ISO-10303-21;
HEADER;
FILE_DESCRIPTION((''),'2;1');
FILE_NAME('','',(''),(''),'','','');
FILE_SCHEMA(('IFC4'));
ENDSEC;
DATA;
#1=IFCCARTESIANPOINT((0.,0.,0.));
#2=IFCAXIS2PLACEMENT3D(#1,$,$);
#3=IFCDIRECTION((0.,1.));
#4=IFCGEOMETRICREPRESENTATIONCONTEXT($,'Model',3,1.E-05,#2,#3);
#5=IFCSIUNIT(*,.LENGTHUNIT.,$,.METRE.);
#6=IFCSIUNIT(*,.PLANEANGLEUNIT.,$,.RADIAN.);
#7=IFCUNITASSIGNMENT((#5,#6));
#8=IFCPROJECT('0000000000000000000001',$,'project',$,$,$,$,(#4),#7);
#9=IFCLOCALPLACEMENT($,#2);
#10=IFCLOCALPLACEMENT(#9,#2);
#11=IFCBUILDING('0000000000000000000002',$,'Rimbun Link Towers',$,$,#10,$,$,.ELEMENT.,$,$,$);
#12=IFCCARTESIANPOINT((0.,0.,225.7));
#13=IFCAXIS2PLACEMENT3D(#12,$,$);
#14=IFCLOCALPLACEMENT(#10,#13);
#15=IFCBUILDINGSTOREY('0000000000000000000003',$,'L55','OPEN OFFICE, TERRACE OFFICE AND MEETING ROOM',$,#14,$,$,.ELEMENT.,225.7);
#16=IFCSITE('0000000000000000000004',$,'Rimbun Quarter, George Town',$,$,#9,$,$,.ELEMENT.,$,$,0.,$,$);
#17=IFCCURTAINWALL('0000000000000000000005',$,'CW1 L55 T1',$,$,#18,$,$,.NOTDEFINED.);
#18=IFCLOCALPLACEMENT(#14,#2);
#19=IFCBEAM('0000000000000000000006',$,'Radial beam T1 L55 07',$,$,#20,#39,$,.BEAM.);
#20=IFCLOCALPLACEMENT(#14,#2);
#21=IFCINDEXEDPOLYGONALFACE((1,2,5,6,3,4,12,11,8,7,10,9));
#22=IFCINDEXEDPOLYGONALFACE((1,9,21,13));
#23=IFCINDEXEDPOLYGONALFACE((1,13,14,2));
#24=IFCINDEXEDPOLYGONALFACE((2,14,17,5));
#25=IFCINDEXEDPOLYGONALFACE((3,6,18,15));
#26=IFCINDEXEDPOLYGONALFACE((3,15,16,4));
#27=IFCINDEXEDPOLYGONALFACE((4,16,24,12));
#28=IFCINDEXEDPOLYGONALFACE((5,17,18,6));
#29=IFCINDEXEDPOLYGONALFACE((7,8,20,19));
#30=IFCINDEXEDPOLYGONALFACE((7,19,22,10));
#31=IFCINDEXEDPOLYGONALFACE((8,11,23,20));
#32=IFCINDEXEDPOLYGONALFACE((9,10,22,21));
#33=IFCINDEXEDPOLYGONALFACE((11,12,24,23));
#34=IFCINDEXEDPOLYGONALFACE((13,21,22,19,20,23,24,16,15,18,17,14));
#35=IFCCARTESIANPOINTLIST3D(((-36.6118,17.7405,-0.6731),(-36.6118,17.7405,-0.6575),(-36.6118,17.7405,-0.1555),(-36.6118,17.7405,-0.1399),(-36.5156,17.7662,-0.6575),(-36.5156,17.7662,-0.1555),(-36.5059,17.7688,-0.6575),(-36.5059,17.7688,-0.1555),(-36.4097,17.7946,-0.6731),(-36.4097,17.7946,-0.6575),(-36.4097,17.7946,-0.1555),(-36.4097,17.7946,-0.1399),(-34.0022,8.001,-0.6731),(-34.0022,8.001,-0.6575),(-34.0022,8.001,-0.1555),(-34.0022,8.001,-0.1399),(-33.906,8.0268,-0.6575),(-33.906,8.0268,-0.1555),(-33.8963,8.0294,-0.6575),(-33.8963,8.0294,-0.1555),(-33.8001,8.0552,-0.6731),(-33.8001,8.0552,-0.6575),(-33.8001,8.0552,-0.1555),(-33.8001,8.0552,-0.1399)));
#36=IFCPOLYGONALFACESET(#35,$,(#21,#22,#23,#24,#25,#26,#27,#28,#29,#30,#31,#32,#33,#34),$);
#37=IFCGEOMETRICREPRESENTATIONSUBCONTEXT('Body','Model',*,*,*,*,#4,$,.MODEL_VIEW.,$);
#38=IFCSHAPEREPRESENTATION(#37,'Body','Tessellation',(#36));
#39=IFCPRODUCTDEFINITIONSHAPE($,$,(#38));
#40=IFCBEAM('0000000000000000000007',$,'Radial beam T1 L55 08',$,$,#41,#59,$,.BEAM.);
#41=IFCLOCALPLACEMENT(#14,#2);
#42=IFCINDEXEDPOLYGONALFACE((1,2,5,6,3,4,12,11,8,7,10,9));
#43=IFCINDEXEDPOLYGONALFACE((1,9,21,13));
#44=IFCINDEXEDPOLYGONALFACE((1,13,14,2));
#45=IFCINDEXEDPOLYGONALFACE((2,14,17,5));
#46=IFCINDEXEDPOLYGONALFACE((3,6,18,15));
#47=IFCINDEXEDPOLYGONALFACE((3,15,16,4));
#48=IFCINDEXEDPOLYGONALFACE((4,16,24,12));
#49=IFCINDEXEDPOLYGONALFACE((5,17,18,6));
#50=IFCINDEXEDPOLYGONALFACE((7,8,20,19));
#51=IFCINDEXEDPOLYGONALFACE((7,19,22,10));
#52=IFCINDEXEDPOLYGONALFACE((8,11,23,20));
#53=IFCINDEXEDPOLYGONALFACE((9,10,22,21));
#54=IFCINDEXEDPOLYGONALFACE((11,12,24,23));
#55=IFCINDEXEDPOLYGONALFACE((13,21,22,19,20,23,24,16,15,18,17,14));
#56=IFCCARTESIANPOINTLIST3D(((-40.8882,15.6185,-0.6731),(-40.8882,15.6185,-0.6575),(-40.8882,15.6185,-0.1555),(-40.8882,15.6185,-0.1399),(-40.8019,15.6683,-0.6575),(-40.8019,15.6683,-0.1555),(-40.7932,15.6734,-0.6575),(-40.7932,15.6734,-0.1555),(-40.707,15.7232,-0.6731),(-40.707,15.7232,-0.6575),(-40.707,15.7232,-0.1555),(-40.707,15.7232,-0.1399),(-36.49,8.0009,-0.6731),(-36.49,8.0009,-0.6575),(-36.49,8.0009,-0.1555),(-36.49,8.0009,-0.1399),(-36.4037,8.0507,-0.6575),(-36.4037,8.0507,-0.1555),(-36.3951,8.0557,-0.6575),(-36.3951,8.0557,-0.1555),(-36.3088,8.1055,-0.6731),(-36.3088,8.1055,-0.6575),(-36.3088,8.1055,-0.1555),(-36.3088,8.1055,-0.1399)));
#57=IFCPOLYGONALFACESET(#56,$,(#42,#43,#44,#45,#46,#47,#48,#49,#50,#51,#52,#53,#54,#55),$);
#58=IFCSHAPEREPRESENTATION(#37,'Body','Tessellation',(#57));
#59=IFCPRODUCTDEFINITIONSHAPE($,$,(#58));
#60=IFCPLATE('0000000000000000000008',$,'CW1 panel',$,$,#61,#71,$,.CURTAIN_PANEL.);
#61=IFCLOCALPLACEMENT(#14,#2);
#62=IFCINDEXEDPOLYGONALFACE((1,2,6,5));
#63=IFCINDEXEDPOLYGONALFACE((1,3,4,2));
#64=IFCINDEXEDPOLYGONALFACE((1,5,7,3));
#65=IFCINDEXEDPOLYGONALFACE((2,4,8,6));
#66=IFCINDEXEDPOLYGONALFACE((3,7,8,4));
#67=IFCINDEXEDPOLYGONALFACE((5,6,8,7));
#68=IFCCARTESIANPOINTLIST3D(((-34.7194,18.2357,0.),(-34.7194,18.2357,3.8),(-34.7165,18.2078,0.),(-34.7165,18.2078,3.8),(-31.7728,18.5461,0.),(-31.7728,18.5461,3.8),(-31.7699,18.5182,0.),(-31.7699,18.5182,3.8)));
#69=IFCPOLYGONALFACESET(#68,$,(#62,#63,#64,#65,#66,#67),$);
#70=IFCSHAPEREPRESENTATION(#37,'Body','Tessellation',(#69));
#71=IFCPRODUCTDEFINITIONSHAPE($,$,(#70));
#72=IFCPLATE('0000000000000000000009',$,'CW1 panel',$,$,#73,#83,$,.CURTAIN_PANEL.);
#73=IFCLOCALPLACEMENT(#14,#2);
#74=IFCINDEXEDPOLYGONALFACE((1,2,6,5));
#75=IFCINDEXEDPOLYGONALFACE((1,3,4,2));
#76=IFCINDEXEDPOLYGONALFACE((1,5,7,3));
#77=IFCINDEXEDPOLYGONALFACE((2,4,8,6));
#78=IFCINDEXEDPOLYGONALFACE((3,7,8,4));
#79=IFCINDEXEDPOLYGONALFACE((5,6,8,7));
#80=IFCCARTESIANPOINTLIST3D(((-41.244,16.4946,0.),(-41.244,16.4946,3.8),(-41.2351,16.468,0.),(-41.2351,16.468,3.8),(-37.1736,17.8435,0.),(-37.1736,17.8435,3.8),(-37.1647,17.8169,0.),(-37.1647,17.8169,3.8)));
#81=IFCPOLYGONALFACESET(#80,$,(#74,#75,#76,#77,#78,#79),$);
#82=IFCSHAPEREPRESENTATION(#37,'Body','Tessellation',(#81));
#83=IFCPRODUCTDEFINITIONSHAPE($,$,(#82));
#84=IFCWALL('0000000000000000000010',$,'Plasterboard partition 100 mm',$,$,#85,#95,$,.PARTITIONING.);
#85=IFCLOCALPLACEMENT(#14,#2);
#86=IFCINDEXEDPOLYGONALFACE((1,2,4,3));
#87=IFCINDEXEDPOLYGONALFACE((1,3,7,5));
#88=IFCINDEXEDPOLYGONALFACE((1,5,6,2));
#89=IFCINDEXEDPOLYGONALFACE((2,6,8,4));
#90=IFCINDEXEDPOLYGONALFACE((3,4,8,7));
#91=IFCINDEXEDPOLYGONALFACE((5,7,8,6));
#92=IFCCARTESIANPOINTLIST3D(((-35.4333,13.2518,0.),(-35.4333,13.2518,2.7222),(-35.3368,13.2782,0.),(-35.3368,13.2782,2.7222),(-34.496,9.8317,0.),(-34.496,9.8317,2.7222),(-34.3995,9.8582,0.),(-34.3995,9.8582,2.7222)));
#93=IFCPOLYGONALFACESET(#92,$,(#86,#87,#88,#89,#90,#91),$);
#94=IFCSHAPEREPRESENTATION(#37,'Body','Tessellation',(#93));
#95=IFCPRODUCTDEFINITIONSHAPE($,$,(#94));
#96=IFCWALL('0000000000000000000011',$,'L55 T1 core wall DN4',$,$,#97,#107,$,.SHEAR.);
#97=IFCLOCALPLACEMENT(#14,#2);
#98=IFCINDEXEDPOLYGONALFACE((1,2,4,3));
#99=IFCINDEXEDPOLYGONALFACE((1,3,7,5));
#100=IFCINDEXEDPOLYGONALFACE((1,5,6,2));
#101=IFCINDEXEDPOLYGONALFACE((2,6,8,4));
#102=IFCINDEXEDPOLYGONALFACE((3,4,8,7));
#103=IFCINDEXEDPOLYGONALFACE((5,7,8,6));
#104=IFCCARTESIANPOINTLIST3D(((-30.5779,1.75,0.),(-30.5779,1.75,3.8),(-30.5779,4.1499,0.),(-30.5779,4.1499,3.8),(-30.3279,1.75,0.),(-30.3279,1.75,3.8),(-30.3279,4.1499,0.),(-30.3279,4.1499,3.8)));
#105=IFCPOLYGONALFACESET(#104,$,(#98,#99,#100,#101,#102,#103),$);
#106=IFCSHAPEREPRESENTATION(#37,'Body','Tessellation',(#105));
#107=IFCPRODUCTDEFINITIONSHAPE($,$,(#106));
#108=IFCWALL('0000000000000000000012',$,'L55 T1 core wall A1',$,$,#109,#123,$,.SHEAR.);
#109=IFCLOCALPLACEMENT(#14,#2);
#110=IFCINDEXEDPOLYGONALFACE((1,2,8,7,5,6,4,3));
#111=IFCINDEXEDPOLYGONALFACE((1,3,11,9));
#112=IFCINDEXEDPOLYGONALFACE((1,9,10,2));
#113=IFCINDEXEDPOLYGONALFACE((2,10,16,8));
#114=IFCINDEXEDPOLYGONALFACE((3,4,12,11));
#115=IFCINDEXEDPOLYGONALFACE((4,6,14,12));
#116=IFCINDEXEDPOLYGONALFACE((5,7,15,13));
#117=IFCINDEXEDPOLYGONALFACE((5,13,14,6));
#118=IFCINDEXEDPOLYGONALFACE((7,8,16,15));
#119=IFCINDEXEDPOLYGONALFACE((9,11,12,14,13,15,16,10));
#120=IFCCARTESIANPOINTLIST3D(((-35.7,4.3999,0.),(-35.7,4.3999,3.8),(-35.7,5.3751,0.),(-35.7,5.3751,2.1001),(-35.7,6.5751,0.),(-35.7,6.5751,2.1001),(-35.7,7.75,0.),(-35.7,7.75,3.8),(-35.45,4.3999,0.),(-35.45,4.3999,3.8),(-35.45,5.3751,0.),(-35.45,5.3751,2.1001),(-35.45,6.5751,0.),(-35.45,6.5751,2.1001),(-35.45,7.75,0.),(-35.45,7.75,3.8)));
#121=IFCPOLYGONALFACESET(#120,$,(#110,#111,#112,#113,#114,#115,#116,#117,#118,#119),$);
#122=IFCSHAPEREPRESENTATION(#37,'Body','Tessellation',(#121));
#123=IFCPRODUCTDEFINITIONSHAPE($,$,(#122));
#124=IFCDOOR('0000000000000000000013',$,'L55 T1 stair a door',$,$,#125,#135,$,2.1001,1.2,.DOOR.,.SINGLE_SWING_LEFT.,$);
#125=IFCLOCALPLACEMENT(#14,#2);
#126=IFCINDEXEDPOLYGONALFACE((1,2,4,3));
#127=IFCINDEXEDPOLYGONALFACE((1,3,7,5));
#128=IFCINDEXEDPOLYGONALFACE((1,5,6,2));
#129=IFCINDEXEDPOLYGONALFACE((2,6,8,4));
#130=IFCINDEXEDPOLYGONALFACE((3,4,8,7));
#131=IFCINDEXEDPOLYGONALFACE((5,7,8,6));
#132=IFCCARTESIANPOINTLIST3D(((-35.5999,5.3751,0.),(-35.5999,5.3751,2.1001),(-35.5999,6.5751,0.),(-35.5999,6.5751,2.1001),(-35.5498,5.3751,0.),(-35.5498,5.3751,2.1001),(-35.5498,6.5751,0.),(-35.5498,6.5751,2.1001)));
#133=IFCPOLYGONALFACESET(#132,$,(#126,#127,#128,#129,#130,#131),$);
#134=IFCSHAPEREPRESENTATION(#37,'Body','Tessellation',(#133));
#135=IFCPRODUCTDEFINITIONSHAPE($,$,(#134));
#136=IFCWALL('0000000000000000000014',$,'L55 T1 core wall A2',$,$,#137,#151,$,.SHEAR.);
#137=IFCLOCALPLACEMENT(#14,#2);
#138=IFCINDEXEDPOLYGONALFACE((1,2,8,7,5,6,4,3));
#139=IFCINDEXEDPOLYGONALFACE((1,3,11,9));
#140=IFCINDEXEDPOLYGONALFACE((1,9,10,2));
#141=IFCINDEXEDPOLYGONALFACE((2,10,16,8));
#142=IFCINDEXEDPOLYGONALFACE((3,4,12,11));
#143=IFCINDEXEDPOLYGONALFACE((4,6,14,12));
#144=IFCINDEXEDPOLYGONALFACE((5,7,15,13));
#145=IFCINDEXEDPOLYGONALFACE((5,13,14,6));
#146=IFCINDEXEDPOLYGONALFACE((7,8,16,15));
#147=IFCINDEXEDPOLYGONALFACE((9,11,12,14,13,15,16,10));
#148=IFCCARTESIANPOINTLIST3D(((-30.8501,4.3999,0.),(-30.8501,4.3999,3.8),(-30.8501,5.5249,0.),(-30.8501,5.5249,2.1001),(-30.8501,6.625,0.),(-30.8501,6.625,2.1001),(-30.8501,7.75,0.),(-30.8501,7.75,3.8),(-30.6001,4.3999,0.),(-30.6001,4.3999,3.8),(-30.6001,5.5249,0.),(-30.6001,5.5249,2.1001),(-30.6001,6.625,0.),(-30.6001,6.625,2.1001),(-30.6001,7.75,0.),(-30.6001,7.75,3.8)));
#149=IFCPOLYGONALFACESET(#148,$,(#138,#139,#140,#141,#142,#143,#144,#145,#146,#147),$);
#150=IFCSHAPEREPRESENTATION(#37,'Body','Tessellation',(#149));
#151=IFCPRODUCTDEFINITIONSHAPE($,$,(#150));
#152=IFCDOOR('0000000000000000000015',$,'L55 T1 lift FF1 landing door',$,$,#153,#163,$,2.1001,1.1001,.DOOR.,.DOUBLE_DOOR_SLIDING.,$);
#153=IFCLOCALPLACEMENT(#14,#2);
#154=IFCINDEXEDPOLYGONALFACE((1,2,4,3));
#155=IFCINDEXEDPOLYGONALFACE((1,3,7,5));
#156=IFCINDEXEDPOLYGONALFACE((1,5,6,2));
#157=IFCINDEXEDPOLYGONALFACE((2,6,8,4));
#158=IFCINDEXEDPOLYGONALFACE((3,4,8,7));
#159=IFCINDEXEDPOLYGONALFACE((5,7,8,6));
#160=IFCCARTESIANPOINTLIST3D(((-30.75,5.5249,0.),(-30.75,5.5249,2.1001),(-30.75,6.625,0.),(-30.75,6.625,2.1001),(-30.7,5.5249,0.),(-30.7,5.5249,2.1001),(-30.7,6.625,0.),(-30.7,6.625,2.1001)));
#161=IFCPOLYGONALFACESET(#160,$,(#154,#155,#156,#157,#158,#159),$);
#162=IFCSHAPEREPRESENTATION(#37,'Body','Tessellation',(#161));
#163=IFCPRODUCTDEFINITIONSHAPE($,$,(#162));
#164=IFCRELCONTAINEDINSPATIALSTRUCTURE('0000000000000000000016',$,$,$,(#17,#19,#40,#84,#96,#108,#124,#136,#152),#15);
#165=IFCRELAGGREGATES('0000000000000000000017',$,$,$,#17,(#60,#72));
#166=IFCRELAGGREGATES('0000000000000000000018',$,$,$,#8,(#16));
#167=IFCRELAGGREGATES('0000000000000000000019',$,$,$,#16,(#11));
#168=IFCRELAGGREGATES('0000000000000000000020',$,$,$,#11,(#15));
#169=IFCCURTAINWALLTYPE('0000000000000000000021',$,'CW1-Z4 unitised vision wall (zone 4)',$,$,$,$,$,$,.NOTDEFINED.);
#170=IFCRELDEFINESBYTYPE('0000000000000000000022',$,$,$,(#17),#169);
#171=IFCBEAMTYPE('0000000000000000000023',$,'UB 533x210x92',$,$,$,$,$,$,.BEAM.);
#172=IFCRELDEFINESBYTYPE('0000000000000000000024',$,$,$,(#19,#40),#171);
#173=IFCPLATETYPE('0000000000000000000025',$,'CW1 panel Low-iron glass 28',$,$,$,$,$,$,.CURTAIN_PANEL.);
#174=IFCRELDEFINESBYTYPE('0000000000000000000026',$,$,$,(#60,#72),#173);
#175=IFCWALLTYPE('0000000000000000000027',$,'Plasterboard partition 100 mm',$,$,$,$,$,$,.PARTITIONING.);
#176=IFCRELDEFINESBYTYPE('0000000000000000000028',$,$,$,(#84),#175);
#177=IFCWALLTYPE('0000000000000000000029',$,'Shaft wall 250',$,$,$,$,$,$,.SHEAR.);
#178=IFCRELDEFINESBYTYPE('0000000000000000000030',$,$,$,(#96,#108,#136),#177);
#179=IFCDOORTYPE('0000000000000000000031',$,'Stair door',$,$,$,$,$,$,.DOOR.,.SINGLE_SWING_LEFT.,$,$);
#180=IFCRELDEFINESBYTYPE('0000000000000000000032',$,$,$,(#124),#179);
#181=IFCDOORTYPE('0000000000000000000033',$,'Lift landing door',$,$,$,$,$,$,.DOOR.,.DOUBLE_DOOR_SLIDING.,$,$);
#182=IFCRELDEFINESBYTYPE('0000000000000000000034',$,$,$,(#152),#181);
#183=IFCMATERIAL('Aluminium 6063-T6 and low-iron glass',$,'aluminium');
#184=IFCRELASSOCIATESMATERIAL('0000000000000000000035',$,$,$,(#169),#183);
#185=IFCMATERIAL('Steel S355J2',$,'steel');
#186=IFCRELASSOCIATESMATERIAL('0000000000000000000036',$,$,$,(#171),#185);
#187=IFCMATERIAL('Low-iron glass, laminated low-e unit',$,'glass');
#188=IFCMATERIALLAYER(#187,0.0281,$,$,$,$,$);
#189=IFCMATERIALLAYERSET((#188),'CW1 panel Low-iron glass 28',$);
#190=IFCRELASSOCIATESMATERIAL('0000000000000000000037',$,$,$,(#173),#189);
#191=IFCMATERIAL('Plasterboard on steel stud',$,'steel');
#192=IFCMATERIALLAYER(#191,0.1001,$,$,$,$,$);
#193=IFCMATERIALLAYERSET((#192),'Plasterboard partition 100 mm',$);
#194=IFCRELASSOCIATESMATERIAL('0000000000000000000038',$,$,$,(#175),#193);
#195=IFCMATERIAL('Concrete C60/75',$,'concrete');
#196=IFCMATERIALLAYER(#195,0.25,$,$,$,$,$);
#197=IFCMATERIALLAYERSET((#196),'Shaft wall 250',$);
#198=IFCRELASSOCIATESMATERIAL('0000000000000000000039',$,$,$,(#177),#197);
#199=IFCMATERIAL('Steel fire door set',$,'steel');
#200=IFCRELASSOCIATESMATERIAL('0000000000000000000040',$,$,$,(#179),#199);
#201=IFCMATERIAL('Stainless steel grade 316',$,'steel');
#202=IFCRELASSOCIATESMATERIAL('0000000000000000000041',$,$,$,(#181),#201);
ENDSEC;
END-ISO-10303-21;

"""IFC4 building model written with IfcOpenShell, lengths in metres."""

from ifc_helpers import new_model, si_unit, direction, frame, frame_2d, origin, origin_2d, place, context, subcontext, project, spatial, rectangle, i_section, extrude, material, layer, layer_set, material_profile, profile_set, type_object, element, fill, aggregate, save


model = new_model("IFC4")

# Units and contexts
model_context = context("Model", 3, precision=1e-05, world=origin(), true_north=direction((0.0, 1.0)))
body_context = subcontext(model_context, "Body", "Model", "MODEL_VIEW")
ifc_project = project(units=[si_unit("LENGTHUNIT", "METRE"), si_unit("PLANEANGLEUNIT", "RADIAN")], contexts=[model_context])

# Site, building, storey
site_placement = place(None, origin())
site = spatial("IfcSite", under=ifc_project, at=site_placement, Name="Rimbun Quarter, George Town", CompositionType="ELEMENT", RefElevation=0.0)
building_placement = place(site_placement, origin())
building = spatial("IfcBuilding", under=site, at=building_placement, Name="Rimbun Link Towers", CompositionType="ELEMENT")
storey_placement = place(building_placement, frame((0.0, 0.0, 225.7)))
storey = spatial("IfcBuildingStorey", under=building, at=storey_placement, Name="L55", Description="OPEN OFFICE, TERRACE OFFICE AND MEETING ROOM", CompositionType="ELEMENT", Elevation=225.7)

# Curtain wall
ifc_material_1 = material(Name="Aluminium 6063-T6 and low-iron glass", Category="aluminium")
curtain_wall_type = type_object("IfcCurtainWallType", Name="CW1-Z4 unitised vision wall (zone 4)", PredefinedType="NOTDEFINED", material=ifc_material_1)
curtain_wall_placement = place(storey_placement, origin())
curtain_wall = element("IfcCurtainWall", 1, at=curtain_wall_placement, inside=storey, type_object=curtain_wall_type, Name="CW1 L55 T1", PredefinedType="NOTDEFINED")

# Beams
ifc_material_2 = material(Name="Steel S355J2", Category="steel")
ifc_material_profile_1 = material_profile(ifc_material_2, i_section(OverallWidth=0.2092, OverallDepth=0.5332, WebThickness=0.01, FlangeThickness=0.0156, at=origin_2d()), Name="UB 533x210x92")
ifc_profile_set_1 = profile_set([ifc_material_profile_1], Name="Steel S355J2")
beam_type_1 = type_object("IfcBeamType", Name="UB 533x210x92", PredefinedType="BEAM", material=ifc_profile_set_1)
beam_1_placement = place(storey_placement, frame((-33.9011, 8.0281, -0.4065), z_axis=(-0.258812, 0.965928, 0.0), x_axis=(-0.965928, -0.258812, 0.0)))
element("IfcBeam", 2, at=beam_1_placement, inside=storey, type_object=beam_type_1, Name="Radial beam T1 L55 07", PredefinedType="BEAM", context=body_context, shape_type="SweptSolid", body=[
    extrude(i_section(OverallWidth=0.2092, OverallDepth=0.5332, WebThickness=0.01, FlangeThickness=0.0156, at=origin_2d()), origin(), (0.0, 0.0, 1.0), 10.083),
])
beam_2_placement = place(storey_placement, frame((-36.3994, 8.0532, -0.4065), z_axis=(-0.500011, 0.866019, 0.0), x_axis=(-0.866019, -0.500011, 0.0)))
element("IfcBeam", 3, at=beam_2_placement, inside=storey, type_object=beam_type_1, Name="Radial beam T1 L55 08", PredefinedType="BEAM", context=body_context, shape_type="SweptSolid", body=[
    extrude(i_section(OverallWidth=0.2092, OverallDepth=0.5332, WebThickness=0.01, FlangeThickness=0.0156, at=origin_2d()), origin(), (0.0, 0.0, 1.0), 8.7961),
])

# Plates
ifc_material_3 = material(Name="Low-iron glass, laminated low-e unit", Category="glass")
ifc_layer_1 = layer(ifc_material_3, 0.0281)
ifc_layer_set_1 = layer_set([ifc_layer_1], Name="CW1 panel Low-iron glass 28")
plate_type = type_object("IfcPlateType", Name="CW1 panel Low-iron glass 28", PredefinedType="CURTAIN_PANEL", material=ifc_layer_set_1)
plate_1_placement = place(storey_placement, frame((-33.2446, 18.377, 0.0), z_axis=(0.0, 0.0, 1.0), x_axis=(0.9945, 0.104739, 0.0)))
plate_1 = element("IfcPlate", 4, at=plate_1_placement, type_object=plate_type, Name="CW1 panel", PredefinedType="CURTAIN_PANEL", context=body_context, shape_type="SweptSolid", body=[
    extrude(rectangle(XDim=2.9629, YDim=0.0281, at=origin_2d()), origin(), (0.0, 0.0, 1.0), 3.8),
])
plate_2_placement = place(storey_placement, frame((-39.2043, 17.1558, 0.0), z_axis=(0.0, 0.0, 1.0), x_axis=(0.949236, 0.314565, 0.0)))
plate_2 = element("IfcPlate", 5, at=plate_2_placement, type_object=plate_type, Name="CW1 panel", PredefinedType="CURTAIN_PANEL", context=body_context, shape_type="SweptSolid", body=[
    extrude(rectangle(XDim=4.2881, YDim=0.0281, at=origin_2d()), origin(), (0.0, 0.0, 1.0), 3.8),
])
aggregate(curtain_wall, [plate_1, plate_2])

# Walls
ifc_material_4 = material(Name="Plasterboard on steel stud", Category="steel")
ifc_layer_2 = layer(ifc_material_4, 0.1001)
ifc_layer_set_2 = layer_set([ifc_layer_2], Name="Plasterboard partition 100 mm")
wall_type_1 = type_object("IfcWallType", Name="Plasterboard partition 100 mm", PredefinedType="PARTITIONING", material=ifc_layer_set_2)
wall_1_placement = place(storey_placement, frame((-35.385, 13.2649, 0.0), z_axis=(0.0, 0.0, 1.0), x_axis=(0.264311, -0.964437, 0.0)))
element("IfcWall", 6, at=wall_1_placement, inside=storey, type_object=wall_type_1, Name="Plasterboard partition 100 mm", PredefinedType="PARTITIONING", context=body_context, shape_type="SweptSolid", body=[
    extrude(rectangle(XDim=3.5461, YDim=0.1001, at=frame_2d((1.7729, 0.0))), origin(), (0.0, 0.0, 1.0), 2.7222),
])
ifc_material_5 = material(Name="Concrete C60/75", Category="concrete")
ifc_layer_3 = layer(ifc_material_5, 0.25)
ifc_layer_set_3 = layer_set([ifc_layer_3], Name="Shaft wall 250")
wall_type_2 = type_object("IfcWallType", Name="Shaft wall 250", PredefinedType="SHEAR", material=ifc_layer_set_3)
wall_2_placement = place(storey_placement, frame((-30.4529, 1.75, 0.0), z_axis=(0.0, 0.0, 1.0), x_axis=(0.0, 1.0, 0.0)))
element("IfcWall", 7, at=wall_2_placement, inside=storey, type_object=wall_type_2, Name="L55 T1 core wall DN4", PredefinedType="SHEAR", context=body_context, shape_type="SweptSolid", body=[
    extrude(rectangle(XDim=2.3999, YDim=0.25, at=frame_2d((1.2, 0.0))), origin(), (0.0, 0.0, 1.0), 3.8),
])

# Walls, openings, doors
wall_3_placement = place(storey_placement, frame((-35.575, 4.3999, 0.0), z_axis=(0.0, 0.0, 1.0), x_axis=(0.0, 1.0, 0.0)))
wall_3 = element("IfcWall", 8, at=wall_3_placement, inside=storey, type_object=wall_type_2, Name="L55 T1 core wall A1", PredefinedType="SHEAR", context=body_context, shape_type="SweptSolid", body=[
    extrude(rectangle(XDim=3.3501, YDim=0.25, at=frame_2d((1.675, 0.0))), origin(), (0.0, 0.0, 1.0), 3.8),
])
opening_1_placement = place(wall_3_placement, frame((0.9751, 0.0, 0.0)))
opening_1 = element("IfcOpeningElement", 9, at=opening_1_placement, cuts=wall_3, PredefinedType="OPENING", context=body_context, shape_type="SweptSolid", body=[
    extrude(rectangle(XDim=1.2, YDim=2.1001, at=frame_2d((0.6001, 1.05))), frame((0.0, 0.135, 0.0), z_axis=(0.0, -1.0, 0.0), x_axis=(1.0, 0.0, 0.0)), (0.0, 0.0, 1.0), 0.27),
])
ifc_material_6 = material(Name="Steel fire door set", Category="steel")
door_type_1 = type_object("IfcDoorType", Name="Stair door", OperationType="SINGLE_SWING_LEFT", PredefinedType="DOOR", material=ifc_material_6)
door_1_placement = place(opening_1_placement, origin())
door_1 = element("IfcDoor", 10, at=door_1_placement, inside=storey, type_object=door_type_1, Name="L55 T1 stair a door", OperationType="SINGLE_SWING_LEFT", OverallHeight=2.1001, OverallWidth=1.2, PredefinedType="DOOR", context=body_context, shape_type="SweptSolid", body=[
    extrude(rectangle(XDim=1.2, YDim=2.1001, at=frame_2d((0.6001, 1.05))), frame((0.0, 0.0249, 0.0), z_axis=(0.0, -1.0, 0.0), x_axis=(1.0, 0.0, 0.0)), (0.0, 0.0, 1.0), 0.05),
])
fill(opening_1, door_1)
wall_4_placement = place(storey_placement, frame((-30.7251, 4.3999, 0.0), z_axis=(0.0, 0.0, 1.0), x_axis=(0.0, 1.0, 0.0)))
wall_4 = element("IfcWall", 11, at=wall_4_placement, inside=storey, type_object=wall_type_2, Name="L55 T1 core wall A2", PredefinedType="SHEAR", context=body_context, shape_type="SweptSolid", body=[
    extrude(rectangle(XDim=3.3501, YDim=0.25, at=frame_2d((1.675, 0.0))), origin(), (0.0, 0.0, 1.0), 3.8),
])
opening_2_placement = place(wall_4_placement, frame((1.125, 0.0, 0.0)))
opening_2 = element("IfcOpeningElement", 12, at=opening_2_placement, cuts=wall_4, PredefinedType="OPENING", context=body_context, shape_type="SweptSolid", body=[
    extrude(rectangle(XDim=1.1001, YDim=2.1001, at=frame_2d((0.55, 1.05))), frame((0.0, 0.135, 0.0), z_axis=(0.0, -1.0, 0.0), x_axis=(1.0, 0.0, 0.0)), (0.0, 0.0, 1.0), 0.27),
])
ifc_material_7 = material(Name="Stainless steel grade 316", Category="steel")
door_type_2 = type_object("IfcDoorType", Name="Lift landing door", OperationType="DOUBLE_DOOR_SLIDING", PredefinedType="DOOR", material=ifc_material_7)
door_2_placement = place(opening_2_placement, origin())
door_2 = element("IfcDoor", 13, at=door_2_placement, inside=storey, type_object=door_type_2, Name="L55 T1 lift FF1 landing door", OperationType="DOUBLE_DOOR_SLIDING", OverallHeight=2.1001, OverallWidth=1.1001, PredefinedType="DOOR", context=body_context, shape_type="SweptSolid", body=[
    extrude(rectangle(XDim=1.1001, YDim=2.1001, at=frame_2d((0.55, 1.05))), frame((0.0, 0.0249, 0.0), z_axis=(0.0, -1.0, 0.0), x_axis=(1.0, 0.0, 0.0)), (0.0, 0.0, 1.0), 0.05),
])
fill(opening_2, door_2)

save(model, "model.ifc")
